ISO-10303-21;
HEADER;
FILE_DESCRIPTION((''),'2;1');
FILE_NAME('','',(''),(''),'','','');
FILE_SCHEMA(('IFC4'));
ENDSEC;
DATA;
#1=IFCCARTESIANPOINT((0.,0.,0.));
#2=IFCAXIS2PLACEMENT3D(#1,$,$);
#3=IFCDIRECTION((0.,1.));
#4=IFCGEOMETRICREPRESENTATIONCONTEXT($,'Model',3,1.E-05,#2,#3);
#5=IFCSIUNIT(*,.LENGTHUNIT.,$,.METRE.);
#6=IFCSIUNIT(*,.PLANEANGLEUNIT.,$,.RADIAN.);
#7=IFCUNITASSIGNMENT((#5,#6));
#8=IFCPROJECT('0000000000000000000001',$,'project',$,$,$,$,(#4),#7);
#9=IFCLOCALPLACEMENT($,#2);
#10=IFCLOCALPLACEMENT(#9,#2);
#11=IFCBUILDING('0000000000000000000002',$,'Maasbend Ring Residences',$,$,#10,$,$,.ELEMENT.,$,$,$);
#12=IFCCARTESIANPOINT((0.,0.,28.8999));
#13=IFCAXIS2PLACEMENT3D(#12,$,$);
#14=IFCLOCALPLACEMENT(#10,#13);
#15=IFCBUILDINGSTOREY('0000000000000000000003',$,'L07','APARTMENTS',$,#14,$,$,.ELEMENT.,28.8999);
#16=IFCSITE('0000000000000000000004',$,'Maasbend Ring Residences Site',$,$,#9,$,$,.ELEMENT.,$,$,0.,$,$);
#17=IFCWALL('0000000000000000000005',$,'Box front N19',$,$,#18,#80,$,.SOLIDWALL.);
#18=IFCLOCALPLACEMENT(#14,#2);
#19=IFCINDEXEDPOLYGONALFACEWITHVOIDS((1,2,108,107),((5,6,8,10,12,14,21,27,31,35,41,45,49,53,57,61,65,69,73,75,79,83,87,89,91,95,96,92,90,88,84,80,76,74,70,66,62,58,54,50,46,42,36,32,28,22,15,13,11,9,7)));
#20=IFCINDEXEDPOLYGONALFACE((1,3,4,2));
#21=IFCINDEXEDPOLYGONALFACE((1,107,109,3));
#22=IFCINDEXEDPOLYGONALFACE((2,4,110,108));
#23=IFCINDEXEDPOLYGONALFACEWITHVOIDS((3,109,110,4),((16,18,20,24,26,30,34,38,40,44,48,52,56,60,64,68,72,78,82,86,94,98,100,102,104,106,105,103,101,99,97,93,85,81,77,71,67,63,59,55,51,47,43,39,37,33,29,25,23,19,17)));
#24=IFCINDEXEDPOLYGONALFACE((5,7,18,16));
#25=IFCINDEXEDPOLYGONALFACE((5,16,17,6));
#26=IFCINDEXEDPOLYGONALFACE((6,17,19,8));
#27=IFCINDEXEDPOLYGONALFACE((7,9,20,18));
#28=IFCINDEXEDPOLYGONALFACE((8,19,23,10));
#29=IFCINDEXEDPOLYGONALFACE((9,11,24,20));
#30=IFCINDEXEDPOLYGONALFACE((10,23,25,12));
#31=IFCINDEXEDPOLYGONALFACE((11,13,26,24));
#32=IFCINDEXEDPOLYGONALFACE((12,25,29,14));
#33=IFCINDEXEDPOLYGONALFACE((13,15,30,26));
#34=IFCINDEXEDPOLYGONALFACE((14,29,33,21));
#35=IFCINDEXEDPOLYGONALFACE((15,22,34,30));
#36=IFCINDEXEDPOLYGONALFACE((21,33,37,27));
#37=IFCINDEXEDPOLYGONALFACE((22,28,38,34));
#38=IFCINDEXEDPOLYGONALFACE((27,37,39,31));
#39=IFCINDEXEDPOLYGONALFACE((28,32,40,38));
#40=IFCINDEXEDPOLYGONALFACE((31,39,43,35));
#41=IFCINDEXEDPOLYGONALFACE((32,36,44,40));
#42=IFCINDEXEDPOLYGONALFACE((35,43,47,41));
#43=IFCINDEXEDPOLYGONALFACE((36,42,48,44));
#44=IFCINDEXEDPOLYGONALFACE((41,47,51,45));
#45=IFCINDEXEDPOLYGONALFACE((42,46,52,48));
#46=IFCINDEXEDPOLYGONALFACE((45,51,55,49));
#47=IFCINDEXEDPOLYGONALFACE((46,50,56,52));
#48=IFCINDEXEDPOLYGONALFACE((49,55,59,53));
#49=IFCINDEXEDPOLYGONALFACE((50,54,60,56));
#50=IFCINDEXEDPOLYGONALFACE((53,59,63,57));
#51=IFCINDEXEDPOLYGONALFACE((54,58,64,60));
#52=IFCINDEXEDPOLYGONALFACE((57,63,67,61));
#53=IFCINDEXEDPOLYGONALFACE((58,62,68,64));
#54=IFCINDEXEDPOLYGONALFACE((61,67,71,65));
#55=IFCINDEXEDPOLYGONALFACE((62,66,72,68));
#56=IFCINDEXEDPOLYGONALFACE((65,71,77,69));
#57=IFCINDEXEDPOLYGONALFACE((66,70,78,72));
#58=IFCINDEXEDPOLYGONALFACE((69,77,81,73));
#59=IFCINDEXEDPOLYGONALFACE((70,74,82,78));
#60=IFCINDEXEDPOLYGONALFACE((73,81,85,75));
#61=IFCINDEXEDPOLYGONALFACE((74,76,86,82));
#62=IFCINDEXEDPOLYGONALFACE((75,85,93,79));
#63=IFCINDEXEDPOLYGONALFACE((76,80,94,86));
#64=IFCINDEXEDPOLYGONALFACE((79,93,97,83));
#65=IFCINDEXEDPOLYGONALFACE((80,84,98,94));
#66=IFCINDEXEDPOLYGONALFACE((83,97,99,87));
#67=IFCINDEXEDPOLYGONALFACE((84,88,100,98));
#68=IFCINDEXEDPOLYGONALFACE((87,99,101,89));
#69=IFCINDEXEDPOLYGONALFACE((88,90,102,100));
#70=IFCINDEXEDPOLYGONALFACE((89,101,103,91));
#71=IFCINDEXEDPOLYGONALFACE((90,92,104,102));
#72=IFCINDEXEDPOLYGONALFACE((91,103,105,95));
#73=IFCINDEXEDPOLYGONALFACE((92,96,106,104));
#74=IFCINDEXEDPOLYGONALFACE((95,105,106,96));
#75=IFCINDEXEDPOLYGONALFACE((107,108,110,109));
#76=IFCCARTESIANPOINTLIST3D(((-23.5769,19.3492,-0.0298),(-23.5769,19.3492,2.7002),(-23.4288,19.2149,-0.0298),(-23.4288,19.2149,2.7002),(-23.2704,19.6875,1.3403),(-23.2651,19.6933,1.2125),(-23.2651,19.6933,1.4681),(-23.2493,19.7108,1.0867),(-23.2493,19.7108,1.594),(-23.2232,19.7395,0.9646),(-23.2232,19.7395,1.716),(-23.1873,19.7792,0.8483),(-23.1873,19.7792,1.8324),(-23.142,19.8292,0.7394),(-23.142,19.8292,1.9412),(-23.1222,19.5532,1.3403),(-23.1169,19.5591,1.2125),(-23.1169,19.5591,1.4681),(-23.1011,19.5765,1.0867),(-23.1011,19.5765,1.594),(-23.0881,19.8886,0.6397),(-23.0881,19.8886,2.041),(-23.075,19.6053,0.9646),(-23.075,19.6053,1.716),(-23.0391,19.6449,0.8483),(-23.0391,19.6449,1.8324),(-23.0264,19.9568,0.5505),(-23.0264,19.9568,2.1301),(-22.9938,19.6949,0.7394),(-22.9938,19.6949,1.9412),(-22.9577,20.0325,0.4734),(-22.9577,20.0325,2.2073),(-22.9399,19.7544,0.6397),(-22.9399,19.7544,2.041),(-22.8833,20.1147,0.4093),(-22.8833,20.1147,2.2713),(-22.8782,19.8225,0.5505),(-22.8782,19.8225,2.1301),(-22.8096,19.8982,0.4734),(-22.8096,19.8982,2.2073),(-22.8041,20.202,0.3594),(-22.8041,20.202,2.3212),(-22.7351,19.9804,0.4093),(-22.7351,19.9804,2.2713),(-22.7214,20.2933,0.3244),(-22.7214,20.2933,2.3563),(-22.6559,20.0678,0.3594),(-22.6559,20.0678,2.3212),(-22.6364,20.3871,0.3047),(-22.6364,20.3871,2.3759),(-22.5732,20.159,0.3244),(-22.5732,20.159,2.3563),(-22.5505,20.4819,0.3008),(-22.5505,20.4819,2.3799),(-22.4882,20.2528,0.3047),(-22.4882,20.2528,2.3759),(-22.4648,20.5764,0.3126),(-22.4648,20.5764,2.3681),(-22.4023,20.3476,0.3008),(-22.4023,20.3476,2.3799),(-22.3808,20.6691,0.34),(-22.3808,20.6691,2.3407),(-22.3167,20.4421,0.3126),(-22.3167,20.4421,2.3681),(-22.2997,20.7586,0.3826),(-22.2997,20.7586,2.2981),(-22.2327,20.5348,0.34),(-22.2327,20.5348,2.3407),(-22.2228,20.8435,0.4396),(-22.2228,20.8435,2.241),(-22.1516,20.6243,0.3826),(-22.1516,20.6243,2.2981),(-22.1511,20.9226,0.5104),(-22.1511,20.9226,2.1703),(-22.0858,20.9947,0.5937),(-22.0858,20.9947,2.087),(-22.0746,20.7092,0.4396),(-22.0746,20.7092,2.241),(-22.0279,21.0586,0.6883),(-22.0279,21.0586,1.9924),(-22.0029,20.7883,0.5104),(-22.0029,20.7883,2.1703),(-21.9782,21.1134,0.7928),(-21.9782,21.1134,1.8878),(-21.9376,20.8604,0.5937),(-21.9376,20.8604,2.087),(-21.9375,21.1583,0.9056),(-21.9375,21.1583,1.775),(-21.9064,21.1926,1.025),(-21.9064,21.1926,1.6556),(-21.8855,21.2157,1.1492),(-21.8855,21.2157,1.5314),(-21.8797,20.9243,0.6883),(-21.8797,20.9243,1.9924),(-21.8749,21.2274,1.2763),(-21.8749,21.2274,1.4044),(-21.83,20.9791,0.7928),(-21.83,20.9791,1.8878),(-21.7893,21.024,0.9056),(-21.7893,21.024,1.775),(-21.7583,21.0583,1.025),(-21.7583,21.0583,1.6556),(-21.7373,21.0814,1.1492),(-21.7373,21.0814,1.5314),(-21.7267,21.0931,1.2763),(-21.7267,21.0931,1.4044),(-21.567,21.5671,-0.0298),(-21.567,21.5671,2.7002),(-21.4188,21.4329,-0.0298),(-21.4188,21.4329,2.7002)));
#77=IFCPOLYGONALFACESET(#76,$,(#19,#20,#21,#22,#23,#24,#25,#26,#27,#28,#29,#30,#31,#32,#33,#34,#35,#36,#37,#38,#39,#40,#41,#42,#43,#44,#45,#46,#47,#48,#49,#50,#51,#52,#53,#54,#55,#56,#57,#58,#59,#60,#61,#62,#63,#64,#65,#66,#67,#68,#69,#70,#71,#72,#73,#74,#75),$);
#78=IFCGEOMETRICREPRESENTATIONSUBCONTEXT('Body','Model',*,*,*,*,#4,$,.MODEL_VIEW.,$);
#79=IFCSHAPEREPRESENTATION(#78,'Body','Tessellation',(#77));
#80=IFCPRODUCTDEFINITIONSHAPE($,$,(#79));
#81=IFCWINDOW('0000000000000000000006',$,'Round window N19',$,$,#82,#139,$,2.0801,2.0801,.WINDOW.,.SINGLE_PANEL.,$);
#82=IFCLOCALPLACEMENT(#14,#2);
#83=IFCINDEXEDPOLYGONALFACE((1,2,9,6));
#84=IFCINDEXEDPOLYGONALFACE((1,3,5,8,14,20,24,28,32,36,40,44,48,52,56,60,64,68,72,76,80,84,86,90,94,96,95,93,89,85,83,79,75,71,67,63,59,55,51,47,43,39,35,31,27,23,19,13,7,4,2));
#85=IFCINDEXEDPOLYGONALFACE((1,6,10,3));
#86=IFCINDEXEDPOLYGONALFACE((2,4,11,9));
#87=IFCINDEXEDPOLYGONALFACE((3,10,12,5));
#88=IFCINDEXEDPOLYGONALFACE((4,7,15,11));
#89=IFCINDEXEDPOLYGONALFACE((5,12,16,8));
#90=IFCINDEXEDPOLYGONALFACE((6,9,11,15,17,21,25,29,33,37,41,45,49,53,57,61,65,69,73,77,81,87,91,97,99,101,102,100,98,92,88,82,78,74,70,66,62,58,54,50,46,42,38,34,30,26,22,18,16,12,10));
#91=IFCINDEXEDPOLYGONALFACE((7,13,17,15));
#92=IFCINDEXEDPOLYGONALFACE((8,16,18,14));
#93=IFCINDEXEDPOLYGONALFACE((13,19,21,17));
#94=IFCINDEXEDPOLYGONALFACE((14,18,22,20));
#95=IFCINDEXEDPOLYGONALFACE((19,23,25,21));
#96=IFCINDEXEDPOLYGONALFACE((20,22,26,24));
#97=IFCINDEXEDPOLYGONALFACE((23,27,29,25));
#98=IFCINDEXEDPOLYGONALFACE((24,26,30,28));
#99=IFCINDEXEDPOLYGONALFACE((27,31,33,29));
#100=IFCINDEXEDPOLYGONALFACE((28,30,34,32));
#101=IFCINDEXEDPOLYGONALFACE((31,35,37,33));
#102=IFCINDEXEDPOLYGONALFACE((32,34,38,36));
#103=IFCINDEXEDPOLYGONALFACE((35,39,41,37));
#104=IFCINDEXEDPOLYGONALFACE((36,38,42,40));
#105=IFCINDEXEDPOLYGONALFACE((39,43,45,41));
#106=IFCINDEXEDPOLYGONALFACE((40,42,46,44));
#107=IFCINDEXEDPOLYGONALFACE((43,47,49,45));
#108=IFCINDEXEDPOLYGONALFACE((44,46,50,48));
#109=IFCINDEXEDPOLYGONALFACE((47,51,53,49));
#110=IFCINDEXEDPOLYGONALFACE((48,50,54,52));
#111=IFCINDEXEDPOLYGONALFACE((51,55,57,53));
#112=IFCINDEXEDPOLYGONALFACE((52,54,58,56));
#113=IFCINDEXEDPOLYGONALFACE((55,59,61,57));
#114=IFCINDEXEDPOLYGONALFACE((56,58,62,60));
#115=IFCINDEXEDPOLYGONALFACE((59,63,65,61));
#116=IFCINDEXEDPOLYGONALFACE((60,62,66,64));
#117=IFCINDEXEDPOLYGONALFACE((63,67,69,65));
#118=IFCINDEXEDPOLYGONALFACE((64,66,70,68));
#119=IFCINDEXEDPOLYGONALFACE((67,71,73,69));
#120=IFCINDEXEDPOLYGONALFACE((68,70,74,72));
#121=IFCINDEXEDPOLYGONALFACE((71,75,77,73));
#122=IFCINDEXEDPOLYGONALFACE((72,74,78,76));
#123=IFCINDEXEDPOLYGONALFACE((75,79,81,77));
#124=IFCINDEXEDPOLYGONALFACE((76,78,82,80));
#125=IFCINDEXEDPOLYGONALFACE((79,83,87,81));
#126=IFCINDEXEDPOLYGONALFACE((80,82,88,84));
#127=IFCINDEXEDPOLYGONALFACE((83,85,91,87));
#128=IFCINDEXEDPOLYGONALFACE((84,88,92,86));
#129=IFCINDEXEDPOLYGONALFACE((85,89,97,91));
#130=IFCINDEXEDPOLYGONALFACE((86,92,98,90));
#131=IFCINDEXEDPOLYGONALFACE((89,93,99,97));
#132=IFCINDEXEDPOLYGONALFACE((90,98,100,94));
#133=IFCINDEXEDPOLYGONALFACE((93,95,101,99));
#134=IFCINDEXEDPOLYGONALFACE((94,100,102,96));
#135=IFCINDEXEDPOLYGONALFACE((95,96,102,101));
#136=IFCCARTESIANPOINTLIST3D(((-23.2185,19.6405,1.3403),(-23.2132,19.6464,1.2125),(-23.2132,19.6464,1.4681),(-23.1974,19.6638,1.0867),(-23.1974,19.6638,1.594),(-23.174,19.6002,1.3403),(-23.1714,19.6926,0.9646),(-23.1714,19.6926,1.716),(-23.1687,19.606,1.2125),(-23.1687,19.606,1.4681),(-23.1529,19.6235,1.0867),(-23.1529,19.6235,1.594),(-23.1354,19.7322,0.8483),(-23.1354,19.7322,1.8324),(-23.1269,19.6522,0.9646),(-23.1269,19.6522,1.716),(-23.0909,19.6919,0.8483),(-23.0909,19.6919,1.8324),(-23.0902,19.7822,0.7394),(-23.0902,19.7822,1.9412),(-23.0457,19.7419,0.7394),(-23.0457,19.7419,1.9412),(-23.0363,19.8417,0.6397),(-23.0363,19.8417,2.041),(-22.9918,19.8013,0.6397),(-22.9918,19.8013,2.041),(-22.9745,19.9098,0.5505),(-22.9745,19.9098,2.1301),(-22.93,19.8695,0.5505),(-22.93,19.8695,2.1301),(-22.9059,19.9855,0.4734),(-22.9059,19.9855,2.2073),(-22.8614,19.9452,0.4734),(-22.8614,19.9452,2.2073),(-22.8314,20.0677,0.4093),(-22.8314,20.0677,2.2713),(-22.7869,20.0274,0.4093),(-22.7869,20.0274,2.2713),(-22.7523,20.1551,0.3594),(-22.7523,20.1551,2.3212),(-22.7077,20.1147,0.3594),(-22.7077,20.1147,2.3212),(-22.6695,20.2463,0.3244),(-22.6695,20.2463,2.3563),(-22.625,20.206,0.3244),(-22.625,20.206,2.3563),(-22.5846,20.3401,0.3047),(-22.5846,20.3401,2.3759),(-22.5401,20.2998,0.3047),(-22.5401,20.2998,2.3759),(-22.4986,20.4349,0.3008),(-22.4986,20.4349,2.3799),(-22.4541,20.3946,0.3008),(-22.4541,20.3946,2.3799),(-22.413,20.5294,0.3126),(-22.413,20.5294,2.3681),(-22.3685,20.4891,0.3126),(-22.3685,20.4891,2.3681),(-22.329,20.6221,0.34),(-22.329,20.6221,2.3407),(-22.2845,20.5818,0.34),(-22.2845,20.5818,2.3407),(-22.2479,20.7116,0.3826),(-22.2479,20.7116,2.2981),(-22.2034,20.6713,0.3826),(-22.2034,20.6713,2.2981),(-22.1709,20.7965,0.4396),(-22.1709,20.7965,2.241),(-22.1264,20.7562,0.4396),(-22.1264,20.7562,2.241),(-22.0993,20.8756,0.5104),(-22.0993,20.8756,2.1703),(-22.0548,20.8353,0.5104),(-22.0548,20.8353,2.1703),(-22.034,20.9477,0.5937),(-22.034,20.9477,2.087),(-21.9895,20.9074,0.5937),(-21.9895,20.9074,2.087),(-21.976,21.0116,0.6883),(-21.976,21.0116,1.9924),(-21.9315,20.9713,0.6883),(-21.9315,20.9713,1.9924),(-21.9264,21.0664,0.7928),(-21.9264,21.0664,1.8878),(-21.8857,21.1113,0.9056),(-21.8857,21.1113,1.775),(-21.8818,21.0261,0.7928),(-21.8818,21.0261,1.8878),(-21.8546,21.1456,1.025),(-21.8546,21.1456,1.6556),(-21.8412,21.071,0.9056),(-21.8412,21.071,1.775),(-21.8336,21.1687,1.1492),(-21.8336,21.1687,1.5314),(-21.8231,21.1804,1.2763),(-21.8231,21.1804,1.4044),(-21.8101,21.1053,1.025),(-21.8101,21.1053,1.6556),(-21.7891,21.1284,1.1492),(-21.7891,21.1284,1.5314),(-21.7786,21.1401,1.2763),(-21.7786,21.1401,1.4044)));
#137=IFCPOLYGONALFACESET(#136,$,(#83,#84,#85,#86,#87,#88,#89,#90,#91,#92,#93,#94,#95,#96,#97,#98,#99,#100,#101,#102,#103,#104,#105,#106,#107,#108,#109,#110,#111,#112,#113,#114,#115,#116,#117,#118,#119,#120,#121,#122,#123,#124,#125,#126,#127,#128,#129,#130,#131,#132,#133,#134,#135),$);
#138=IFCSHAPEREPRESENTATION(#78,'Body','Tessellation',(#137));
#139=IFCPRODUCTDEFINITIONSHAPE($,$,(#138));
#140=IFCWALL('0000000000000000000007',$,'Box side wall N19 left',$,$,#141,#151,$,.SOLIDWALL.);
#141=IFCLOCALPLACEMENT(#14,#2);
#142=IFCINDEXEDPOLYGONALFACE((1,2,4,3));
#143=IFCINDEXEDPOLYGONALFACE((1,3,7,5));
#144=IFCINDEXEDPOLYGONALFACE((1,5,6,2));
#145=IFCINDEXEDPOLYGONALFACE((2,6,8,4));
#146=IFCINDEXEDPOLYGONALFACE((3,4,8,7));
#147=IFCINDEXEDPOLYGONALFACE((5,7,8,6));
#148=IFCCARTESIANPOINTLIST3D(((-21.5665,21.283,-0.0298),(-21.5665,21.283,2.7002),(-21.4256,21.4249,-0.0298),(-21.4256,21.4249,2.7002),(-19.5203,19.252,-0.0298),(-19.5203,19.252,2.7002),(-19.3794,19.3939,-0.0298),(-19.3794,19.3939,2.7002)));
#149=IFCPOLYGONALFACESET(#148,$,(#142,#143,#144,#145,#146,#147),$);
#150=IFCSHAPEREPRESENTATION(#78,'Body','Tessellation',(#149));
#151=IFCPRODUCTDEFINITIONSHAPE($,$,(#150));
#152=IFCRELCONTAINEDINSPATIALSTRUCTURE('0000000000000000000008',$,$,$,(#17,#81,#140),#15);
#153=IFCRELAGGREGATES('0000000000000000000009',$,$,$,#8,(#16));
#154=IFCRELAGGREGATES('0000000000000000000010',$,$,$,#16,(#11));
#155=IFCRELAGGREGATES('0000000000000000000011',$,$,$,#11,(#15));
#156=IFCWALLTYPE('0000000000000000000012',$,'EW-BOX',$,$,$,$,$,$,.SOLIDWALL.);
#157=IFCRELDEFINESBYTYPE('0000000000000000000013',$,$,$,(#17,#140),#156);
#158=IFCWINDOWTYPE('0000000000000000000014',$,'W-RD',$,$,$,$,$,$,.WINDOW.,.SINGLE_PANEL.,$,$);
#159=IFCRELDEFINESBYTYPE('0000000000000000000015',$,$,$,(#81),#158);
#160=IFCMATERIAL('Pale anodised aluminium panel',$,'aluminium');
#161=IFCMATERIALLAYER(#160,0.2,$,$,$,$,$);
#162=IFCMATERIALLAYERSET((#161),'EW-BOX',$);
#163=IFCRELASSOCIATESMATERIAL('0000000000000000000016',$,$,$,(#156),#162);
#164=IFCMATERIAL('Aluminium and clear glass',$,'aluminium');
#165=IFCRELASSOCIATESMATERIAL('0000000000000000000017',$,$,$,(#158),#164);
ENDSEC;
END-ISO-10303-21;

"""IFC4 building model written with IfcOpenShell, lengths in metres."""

from ifc_helpers import new_model, si_unit, direction, frame, frame_2d, origin, place, context, subcontext, project, spatial, rectangle, circle, extrude, material, layer, layer_set, type_object, element, fill, save


model = new_model("IFC4")

# Units and contexts
model_context = context("Model", 3, precision=1e-05, world=origin(), true_north=direction((0.0, 1.0)))
body_context = subcontext(model_context, "Body", "Model", "MODEL_VIEW")
ifc_project = project(units=[si_unit("LENGTHUNIT", "METRE"), si_unit("PLANEANGLEUNIT", "RADIAN")], contexts=[model_context])

# Site, building, storey
site_placement = place(None, origin())
site = spatial("IfcSite", under=ifc_project, at=site_placement, Name="Maasbend Ring Residences Site", CompositionType="ELEMENT", RefElevation=0.0)
building_placement = place(site_placement, origin())
building = spatial("IfcBuilding", under=site, at=building_placement, Name="Maasbend Ring Residences", CompositionType="ELEMENT")
storey_placement = place(building_placement, frame((0.0, 0.0, 28.8999)))
storey = spatial("IfcBuildingStorey", under=building, at=storey_placement, Name="L07", Description="APARTMENTS", CompositionType="ELEMENT", Elevation=28.8999)

# Shared definitions
ifc_material_1 = material(Name="Pale anodised aluminium panel", Category="aluminium")
ifc_layer_1 = layer(ifc_material_1, 0.2)
ifc_layer_set_1 = layer_set([ifc_layer_1], Name="EW-BOX")
wall_type_1 = type_object("IfcWallType", Name="EW-BOX", PredefinedType="SOLIDWALL", material=ifc_layer_set_1)
ifc_material_2 = material(Name="Aluminium and clear glass", Category="aluminium")
window_type_1 = type_object("IfcWindowType", Name="W-RD", PartitioningType="SINGLE_PANEL", PredefinedType="WINDOW", material=ifc_material_2)

# Wall, opening, window
wall_1_placement = place(storey_placement, frame((-21.4929, 21.5, -0.0298), z_axis=(0.0, 0.0, 1.0), x_axis=(-0.671507, -0.740998, 0.0)))
wall_1 = element("IfcWall", 1, at=wall_1_placement, inside=storey, type_object=wall_type_1, Name="Box front N19", PredefinedType="SOLIDWALL", context=body_context, shape_type="SweptSolid", body=[
    extrude(rectangle(XDim=2.9932, YDim=0.2, at=frame_2d((1.4966, 0.0))), origin(), (0.0, 0.0, 1.0), 2.73),
])
opening_1_placement = place(wall_1_placement, frame((0.4565, 0.0, 0.3301)))
opening_1 = element("IfcOpeningElement", 2, at=opening_1_placement, cuts=wall_1, PredefinedType="OPENING", context=body_context, shape_type="SweptSolid", body=[
    extrude(circle(Radius=1.04, at=frame_2d((1.04, 1.04))), frame((0.0, 0.1099, 0.0), z_axis=(0.0, -1.0, 0.0), x_axis=(1.0, 0.0, 0.0)), (0.0, 0.0, 1.0), 0.22),
])
window_1_placement = place(opening_1_placement, origin())
window_1 = element("IfcWindow", 3, at=window_1_placement, inside=storey, type_object=window_type_1, Name="Round window N19", OverallHeight=2.0801, OverallWidth=2.0801, PartitioningType="SINGLE_PANEL", PredefinedType="WINDOW", context=body_context, shape_type="SweptSolid", body=[
    extrude(circle(Radius=1.04, at=frame_2d((1.04, 1.04))), frame((0.0, 0.03, 0.0), z_axis=(0.0, -1.0, 0.0), x_axis=(1.0, 0.0, 0.0)), (0.0, 0.0, 1.0), 0.0601),
])
fill(opening_1, window_1)

# Wall
wall_2_placement = place(storey_placement, frame((-19.45, 19.323, -0.0298), z_axis=(0.0, 0.0, 1.0), x_axis=(-0.709727, 0.704477, 0.0)))
element("IfcWall", 4, at=wall_2_placement, inside=storey, type_object=wall_type_1, Name="Box side wall N19 left", PredefinedType="SOLIDWALL", context=body_context, shape_type="SweptSolid", body=[
    extrude(rectangle(XDim=2.8831, YDim=0.2, at=frame_2d((1.4414, 0.0))), origin(), (0.0, 0.0, 1.0), 2.73),
])

save(model, "model.ifc")
